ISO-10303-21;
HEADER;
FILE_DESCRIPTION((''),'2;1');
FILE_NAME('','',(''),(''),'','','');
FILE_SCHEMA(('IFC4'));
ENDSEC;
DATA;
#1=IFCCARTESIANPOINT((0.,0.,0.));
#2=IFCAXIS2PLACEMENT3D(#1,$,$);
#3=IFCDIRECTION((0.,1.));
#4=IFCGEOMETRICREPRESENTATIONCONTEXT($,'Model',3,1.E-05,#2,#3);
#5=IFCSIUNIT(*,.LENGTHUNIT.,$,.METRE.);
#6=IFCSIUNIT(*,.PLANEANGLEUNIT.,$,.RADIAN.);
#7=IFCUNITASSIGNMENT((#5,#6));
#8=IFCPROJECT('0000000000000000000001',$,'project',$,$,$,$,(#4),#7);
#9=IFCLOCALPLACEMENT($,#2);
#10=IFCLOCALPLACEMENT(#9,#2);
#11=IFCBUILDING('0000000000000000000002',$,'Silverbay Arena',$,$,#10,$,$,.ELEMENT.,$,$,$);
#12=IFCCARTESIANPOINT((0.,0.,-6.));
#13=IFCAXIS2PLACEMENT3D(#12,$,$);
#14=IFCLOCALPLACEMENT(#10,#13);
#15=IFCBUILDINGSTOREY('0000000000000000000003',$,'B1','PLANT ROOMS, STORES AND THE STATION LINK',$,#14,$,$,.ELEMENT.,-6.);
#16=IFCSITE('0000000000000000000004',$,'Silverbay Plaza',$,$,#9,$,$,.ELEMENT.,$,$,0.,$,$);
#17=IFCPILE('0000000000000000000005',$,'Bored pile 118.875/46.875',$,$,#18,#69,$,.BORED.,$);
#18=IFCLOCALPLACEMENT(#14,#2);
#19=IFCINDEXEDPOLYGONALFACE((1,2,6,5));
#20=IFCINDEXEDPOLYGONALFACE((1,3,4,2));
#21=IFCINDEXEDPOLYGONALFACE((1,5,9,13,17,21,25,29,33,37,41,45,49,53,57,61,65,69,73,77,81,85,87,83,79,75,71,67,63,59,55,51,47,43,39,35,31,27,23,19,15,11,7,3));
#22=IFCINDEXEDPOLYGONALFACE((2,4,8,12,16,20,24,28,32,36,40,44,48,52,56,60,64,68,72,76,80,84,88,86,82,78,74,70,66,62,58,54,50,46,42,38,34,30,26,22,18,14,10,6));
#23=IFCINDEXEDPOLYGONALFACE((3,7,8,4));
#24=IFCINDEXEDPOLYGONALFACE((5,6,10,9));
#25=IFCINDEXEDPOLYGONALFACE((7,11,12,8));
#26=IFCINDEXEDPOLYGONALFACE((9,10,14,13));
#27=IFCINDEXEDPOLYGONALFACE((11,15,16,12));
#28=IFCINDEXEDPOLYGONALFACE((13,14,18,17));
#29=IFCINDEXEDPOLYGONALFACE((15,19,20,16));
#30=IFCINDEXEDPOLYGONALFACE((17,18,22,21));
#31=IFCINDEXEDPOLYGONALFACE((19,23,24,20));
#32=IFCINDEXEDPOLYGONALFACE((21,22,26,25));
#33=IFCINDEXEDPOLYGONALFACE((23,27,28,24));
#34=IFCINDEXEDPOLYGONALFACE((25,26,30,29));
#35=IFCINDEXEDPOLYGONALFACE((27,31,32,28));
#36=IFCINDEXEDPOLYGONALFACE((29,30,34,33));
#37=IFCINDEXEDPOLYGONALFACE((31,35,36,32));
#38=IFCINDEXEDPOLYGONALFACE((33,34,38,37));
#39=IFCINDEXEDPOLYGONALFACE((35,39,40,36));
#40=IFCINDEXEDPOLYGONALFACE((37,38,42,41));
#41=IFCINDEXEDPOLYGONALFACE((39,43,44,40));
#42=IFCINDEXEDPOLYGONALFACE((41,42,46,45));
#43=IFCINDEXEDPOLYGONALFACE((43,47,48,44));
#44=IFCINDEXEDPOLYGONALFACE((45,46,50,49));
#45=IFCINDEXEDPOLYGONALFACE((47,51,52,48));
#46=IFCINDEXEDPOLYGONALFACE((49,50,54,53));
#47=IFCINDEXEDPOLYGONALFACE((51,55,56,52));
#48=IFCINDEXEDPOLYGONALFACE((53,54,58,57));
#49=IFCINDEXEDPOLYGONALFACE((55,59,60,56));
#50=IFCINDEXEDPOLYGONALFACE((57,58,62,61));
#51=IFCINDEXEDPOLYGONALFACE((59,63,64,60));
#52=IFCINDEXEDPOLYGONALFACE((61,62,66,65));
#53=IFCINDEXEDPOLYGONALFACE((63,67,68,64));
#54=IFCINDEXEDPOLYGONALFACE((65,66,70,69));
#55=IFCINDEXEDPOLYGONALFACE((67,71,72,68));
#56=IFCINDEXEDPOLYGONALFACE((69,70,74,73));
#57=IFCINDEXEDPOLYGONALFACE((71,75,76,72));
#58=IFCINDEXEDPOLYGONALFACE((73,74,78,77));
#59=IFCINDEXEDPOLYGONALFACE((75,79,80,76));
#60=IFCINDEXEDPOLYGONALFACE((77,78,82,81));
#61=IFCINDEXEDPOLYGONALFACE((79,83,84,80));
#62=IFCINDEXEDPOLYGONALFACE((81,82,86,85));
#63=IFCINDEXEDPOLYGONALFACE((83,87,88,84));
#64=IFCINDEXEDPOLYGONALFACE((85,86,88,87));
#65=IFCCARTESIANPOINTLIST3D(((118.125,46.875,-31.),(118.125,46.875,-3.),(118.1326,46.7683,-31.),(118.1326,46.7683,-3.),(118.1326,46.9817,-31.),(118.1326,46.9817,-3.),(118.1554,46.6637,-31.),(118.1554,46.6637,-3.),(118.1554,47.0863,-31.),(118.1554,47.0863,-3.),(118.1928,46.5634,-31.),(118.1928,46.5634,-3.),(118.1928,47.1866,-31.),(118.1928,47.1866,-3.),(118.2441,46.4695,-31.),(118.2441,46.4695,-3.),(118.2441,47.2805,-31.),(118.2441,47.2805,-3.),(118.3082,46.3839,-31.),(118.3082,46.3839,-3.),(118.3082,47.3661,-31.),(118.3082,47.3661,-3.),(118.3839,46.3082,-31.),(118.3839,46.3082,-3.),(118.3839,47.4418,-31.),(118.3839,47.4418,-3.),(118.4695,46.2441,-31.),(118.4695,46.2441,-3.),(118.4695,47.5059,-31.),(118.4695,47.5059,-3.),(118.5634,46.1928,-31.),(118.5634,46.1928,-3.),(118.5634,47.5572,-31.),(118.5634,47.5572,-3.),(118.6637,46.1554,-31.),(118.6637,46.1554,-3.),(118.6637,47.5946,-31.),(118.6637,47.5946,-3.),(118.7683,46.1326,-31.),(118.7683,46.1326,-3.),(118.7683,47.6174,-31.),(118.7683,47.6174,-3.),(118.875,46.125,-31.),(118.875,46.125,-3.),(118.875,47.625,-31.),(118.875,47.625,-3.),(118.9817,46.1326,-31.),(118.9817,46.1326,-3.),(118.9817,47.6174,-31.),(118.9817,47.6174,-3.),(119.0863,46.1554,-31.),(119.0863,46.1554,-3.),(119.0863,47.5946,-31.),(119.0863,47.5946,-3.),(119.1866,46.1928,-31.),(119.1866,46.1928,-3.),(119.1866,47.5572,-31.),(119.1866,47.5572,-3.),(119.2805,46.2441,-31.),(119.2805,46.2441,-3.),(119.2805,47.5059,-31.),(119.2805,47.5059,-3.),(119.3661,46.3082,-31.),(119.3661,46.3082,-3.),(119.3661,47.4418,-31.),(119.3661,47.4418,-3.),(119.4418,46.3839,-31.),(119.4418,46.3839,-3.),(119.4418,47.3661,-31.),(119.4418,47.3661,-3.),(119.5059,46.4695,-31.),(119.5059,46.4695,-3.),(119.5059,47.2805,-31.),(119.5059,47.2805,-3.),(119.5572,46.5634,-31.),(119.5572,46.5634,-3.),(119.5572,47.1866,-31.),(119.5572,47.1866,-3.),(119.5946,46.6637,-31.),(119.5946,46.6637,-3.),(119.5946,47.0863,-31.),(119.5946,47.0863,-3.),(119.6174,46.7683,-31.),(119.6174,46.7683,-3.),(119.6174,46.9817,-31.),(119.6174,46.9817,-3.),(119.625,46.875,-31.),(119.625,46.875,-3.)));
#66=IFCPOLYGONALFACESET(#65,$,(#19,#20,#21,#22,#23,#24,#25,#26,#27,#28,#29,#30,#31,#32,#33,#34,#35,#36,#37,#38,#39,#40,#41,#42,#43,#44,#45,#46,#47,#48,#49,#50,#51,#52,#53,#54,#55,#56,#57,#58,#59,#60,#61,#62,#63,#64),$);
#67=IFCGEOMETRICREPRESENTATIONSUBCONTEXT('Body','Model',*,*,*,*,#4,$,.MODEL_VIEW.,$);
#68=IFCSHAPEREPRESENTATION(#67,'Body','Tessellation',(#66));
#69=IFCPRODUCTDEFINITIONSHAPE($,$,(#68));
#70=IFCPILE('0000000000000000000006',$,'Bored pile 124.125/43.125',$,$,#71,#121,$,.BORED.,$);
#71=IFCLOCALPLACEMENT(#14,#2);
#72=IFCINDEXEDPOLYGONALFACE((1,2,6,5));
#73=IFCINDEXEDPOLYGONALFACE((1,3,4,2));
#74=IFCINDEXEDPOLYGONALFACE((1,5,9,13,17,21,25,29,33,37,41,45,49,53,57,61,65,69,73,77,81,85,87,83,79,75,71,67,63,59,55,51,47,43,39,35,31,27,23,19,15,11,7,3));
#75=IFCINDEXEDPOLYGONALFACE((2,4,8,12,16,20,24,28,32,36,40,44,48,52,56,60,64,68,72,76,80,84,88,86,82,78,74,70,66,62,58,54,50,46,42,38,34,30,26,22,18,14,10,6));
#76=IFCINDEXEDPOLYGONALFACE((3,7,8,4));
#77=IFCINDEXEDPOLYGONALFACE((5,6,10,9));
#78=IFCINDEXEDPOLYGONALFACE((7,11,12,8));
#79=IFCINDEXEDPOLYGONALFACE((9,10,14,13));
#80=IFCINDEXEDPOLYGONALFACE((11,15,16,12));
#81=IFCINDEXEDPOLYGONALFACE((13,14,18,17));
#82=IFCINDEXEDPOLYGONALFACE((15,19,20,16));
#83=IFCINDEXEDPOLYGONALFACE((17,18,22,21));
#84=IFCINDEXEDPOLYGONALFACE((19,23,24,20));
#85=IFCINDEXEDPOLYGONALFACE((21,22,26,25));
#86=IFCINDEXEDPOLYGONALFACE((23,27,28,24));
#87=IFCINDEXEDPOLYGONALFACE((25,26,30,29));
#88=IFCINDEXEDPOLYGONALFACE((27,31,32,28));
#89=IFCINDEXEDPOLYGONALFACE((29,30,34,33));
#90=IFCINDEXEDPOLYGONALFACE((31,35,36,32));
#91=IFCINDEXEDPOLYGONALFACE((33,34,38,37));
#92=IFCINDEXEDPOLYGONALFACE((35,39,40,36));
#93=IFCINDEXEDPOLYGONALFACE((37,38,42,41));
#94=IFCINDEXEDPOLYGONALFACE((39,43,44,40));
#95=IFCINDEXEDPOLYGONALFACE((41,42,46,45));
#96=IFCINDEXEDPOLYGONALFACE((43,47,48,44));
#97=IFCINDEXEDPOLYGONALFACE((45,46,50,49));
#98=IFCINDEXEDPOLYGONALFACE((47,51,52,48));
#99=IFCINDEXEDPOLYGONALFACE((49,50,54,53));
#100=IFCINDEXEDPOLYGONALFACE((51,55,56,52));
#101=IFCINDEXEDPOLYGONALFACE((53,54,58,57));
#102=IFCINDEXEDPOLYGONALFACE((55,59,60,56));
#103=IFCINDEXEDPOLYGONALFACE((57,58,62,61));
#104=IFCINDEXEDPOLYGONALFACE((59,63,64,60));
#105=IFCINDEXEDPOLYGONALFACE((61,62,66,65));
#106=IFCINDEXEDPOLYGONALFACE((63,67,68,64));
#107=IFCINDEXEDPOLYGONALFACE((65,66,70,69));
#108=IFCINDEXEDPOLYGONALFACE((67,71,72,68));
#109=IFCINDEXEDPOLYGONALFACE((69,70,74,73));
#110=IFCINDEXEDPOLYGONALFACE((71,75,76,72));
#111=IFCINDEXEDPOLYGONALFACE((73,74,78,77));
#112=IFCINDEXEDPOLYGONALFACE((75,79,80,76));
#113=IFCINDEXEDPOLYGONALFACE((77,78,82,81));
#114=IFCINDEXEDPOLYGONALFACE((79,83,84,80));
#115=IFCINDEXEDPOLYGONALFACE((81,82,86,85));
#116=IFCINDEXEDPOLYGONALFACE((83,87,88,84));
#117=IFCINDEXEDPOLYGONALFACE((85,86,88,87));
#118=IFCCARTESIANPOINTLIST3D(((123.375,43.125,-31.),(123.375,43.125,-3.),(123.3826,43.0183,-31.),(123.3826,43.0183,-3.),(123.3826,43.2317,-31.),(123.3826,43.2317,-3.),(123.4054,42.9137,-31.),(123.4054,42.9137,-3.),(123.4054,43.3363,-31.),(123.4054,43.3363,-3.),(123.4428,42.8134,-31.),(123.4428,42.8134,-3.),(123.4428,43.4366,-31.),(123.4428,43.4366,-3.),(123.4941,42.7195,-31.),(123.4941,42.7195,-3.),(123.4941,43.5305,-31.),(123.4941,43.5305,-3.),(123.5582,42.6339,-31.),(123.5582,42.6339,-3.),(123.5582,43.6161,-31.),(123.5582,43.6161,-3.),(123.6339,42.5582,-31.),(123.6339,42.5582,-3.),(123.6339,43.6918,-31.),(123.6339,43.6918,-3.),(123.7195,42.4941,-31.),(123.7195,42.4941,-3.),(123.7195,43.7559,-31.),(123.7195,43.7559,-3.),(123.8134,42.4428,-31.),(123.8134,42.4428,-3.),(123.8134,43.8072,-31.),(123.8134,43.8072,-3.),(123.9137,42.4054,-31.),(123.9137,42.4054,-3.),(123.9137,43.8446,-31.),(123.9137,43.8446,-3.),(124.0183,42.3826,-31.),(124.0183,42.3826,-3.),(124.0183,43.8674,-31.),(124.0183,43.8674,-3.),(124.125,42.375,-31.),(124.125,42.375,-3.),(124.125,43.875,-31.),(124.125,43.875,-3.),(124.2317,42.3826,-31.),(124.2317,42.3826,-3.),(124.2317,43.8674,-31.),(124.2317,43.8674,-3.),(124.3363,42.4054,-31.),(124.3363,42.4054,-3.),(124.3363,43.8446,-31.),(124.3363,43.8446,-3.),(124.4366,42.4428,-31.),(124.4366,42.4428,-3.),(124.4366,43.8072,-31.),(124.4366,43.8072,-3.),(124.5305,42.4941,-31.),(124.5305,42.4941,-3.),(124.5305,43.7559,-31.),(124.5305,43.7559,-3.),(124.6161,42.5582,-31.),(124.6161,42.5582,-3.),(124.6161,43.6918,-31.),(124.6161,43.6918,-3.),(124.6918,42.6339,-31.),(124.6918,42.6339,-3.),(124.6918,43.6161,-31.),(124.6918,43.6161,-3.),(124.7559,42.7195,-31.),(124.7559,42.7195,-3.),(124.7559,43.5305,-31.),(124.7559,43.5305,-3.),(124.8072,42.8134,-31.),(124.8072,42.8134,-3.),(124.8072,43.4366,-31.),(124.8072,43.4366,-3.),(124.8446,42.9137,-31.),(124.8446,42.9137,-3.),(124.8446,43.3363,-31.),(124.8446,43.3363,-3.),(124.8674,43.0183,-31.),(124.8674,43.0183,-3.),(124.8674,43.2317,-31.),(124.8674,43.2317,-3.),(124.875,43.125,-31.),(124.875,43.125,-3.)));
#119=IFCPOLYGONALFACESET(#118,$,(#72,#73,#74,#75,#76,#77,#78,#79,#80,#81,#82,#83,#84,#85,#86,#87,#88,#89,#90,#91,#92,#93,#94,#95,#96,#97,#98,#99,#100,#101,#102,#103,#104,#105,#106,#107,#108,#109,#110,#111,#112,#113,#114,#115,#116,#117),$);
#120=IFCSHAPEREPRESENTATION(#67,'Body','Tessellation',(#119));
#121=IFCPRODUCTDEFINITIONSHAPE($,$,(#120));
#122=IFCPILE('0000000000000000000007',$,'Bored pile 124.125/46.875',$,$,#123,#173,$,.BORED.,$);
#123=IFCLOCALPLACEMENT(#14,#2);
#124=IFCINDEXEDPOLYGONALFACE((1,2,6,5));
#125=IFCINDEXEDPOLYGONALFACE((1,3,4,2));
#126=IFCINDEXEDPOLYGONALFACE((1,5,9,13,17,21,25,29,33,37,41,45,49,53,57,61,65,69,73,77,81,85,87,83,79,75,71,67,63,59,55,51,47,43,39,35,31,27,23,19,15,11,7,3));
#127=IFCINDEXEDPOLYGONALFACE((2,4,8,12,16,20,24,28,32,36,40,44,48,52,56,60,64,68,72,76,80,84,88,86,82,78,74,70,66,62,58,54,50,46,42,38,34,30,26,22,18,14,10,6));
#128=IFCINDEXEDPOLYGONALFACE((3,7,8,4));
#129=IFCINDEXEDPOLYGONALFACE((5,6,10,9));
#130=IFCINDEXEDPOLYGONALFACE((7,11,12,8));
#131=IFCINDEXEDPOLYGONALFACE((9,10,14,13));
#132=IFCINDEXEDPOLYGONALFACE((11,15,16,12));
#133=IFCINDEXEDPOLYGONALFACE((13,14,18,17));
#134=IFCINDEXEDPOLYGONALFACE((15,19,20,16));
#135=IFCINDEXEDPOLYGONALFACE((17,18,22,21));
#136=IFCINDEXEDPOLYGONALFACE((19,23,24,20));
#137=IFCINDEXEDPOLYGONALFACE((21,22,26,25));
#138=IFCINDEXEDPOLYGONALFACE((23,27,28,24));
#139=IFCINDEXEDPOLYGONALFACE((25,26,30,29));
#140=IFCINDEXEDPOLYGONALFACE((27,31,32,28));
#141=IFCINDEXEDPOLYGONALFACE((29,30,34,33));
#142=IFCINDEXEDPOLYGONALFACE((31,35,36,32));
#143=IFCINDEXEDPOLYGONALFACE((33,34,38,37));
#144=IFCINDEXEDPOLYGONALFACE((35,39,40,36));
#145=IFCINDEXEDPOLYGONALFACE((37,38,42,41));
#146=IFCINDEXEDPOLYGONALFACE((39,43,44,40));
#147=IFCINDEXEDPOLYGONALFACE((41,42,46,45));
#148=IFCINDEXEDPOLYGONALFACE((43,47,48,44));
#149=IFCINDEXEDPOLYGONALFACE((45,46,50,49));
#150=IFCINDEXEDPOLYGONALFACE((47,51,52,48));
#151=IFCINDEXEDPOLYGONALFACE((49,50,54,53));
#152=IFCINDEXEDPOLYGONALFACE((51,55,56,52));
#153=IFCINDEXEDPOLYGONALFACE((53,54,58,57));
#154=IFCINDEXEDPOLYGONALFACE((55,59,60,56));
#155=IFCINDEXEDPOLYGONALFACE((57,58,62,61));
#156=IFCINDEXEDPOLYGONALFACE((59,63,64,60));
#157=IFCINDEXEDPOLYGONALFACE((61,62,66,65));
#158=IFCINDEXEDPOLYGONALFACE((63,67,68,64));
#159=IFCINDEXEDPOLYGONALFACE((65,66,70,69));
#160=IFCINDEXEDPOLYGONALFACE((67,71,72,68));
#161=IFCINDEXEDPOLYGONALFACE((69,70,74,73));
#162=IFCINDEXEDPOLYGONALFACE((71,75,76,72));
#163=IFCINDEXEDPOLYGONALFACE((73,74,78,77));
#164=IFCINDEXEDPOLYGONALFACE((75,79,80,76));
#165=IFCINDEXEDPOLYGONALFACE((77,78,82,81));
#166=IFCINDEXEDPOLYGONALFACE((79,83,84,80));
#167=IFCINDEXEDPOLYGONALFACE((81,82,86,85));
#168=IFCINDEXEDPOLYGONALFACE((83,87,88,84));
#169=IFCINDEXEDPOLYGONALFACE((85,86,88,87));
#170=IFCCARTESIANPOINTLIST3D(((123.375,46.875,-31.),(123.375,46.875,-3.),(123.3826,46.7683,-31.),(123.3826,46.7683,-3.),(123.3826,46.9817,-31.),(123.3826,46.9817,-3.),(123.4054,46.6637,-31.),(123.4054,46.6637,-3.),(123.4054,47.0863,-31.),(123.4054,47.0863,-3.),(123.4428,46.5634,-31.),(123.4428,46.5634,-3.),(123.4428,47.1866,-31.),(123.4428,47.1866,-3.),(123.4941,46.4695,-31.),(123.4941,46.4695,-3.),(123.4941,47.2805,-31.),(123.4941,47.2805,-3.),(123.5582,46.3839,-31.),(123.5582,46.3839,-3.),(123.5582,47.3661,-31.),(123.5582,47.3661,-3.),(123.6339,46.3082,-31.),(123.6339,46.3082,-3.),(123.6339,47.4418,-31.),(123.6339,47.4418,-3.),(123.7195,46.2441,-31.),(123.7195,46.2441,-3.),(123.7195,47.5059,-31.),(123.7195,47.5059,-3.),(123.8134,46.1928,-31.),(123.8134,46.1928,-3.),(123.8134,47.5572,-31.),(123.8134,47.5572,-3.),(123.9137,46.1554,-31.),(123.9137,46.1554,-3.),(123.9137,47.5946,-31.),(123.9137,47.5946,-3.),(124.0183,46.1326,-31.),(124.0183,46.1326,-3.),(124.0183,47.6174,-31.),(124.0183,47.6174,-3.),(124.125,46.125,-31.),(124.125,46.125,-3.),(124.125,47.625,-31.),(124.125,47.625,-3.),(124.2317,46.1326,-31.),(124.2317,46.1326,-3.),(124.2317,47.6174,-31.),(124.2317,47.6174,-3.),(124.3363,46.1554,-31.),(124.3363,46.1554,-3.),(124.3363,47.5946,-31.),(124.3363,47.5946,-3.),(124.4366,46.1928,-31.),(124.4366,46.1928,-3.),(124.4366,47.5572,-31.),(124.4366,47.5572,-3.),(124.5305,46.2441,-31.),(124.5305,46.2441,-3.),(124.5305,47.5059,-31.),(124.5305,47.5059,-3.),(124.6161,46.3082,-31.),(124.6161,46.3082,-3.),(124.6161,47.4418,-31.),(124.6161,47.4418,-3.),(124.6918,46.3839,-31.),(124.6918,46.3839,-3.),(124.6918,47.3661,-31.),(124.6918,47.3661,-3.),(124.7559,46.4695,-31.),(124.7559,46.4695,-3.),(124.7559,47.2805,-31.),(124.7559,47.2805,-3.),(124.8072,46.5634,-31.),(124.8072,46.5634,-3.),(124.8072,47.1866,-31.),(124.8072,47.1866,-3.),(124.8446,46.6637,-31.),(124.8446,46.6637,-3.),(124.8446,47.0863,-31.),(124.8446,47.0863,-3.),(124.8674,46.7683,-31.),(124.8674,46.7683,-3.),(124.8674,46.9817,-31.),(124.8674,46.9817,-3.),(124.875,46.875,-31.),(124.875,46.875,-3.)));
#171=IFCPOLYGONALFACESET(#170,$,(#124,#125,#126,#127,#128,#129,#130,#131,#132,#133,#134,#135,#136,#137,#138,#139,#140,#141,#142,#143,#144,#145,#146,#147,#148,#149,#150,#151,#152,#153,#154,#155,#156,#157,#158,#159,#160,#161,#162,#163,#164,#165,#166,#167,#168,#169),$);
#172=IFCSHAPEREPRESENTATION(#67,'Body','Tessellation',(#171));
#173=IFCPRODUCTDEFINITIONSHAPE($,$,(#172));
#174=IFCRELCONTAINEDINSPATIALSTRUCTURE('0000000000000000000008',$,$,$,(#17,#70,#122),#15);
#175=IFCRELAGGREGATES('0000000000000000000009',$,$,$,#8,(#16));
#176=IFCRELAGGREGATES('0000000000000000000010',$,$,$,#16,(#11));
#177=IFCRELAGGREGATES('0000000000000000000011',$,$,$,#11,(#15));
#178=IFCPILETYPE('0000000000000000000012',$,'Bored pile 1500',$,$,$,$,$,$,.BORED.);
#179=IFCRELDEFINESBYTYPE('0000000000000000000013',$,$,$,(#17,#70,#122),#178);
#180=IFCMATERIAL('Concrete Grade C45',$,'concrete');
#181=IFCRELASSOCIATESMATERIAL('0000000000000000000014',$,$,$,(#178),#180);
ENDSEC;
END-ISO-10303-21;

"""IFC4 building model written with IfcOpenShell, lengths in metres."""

from ifc_helpers import new_model, si_unit, direction, frame, origin, origin_2d, place, context, subcontext, project, spatial, circle, extrude, material, material_profile, profile_set, type_object, element, save


model = new_model("IFC4")

# Units and contexts
model_context = context("Model", 3, precision=1e-05, world=origin(), true_north=direction((0.0, 1.0)))
body_context = subcontext(model_context, "Body", "Model", "MODEL_VIEW")
ifc_project = project(units=[si_unit("LENGTHUNIT", "METRE"), si_unit("PLANEANGLEUNIT", "RADIAN")], contexts=[model_context])

# Site, building, storey
site_placement = place(None, origin())
site = spatial("IfcSite", under=ifc_project, at=site_placement, Name="Silverbay Plaza", CompositionType="ELEMENT", RefElevation=0.0)
building_placement = place(site_placement, origin())
building = spatial("IfcBuilding", under=site, at=building_placement, Name="Silverbay Arena", CompositionType="ELEMENT")
storey_placement = place(building_placement, frame((0.0, 0.0, -6.0)))
storey = spatial("IfcBuildingStorey", under=building, at=storey_placement, Name="B1", Description="PLANT ROOMS, STORES AND THE STATION LINK", CompositionType="ELEMENT", Elevation=-6.0)

# Piles
ifc_material_1 = material(Name="Concrete Grade C45", Category="concrete")
ifc_material_profile_1 = material_profile(ifc_material_1, circle(Radius=0.75, at=origin_2d()), Name="Bored pile 1500")
ifc_profile_set_1 = profile_set([ifc_material_profile_1], Name="Concrete Grade C45")
pile_type_1 = type_object("IfcPileType", Name="Bored pile 1500", PredefinedType="BORED", material=ifc_profile_set_1)
for number, where, z_axis, x_axis, name in (
    (1, (118.875, 46.875, -3.0), (0.0, 0.0, -1.0), (1.0, 0.0, 0.0), "Bored pile 118.875/46.875"),
    (2, (124.125, 43.125, -3.0), (0.0, 0.0, -1.0), (1.0, 0.0, 0.0), "Bored pile 124.125/43.125"),
    (3, (124.125, 46.875, -3.0), (0.0, 0.0, -1.0), (1.0, 0.0, 0.0), "Bored pile 124.125/46.875"),
):
    element("IfcPile", number, at=place(storey_placement, frame(where, z_axis=z_axis, x_axis=x_axis)), inside=storey, type_object=pile_type_1, Name=name, PredefinedType="BORED", context=body_context, shape_type="SweptSolid", body=[
        extrude(circle(Radius=0.75, at=origin_2d()), origin(), (0.0, 0.0, 1.0), 28.0),
    ])

save(model, "model.ifc")
